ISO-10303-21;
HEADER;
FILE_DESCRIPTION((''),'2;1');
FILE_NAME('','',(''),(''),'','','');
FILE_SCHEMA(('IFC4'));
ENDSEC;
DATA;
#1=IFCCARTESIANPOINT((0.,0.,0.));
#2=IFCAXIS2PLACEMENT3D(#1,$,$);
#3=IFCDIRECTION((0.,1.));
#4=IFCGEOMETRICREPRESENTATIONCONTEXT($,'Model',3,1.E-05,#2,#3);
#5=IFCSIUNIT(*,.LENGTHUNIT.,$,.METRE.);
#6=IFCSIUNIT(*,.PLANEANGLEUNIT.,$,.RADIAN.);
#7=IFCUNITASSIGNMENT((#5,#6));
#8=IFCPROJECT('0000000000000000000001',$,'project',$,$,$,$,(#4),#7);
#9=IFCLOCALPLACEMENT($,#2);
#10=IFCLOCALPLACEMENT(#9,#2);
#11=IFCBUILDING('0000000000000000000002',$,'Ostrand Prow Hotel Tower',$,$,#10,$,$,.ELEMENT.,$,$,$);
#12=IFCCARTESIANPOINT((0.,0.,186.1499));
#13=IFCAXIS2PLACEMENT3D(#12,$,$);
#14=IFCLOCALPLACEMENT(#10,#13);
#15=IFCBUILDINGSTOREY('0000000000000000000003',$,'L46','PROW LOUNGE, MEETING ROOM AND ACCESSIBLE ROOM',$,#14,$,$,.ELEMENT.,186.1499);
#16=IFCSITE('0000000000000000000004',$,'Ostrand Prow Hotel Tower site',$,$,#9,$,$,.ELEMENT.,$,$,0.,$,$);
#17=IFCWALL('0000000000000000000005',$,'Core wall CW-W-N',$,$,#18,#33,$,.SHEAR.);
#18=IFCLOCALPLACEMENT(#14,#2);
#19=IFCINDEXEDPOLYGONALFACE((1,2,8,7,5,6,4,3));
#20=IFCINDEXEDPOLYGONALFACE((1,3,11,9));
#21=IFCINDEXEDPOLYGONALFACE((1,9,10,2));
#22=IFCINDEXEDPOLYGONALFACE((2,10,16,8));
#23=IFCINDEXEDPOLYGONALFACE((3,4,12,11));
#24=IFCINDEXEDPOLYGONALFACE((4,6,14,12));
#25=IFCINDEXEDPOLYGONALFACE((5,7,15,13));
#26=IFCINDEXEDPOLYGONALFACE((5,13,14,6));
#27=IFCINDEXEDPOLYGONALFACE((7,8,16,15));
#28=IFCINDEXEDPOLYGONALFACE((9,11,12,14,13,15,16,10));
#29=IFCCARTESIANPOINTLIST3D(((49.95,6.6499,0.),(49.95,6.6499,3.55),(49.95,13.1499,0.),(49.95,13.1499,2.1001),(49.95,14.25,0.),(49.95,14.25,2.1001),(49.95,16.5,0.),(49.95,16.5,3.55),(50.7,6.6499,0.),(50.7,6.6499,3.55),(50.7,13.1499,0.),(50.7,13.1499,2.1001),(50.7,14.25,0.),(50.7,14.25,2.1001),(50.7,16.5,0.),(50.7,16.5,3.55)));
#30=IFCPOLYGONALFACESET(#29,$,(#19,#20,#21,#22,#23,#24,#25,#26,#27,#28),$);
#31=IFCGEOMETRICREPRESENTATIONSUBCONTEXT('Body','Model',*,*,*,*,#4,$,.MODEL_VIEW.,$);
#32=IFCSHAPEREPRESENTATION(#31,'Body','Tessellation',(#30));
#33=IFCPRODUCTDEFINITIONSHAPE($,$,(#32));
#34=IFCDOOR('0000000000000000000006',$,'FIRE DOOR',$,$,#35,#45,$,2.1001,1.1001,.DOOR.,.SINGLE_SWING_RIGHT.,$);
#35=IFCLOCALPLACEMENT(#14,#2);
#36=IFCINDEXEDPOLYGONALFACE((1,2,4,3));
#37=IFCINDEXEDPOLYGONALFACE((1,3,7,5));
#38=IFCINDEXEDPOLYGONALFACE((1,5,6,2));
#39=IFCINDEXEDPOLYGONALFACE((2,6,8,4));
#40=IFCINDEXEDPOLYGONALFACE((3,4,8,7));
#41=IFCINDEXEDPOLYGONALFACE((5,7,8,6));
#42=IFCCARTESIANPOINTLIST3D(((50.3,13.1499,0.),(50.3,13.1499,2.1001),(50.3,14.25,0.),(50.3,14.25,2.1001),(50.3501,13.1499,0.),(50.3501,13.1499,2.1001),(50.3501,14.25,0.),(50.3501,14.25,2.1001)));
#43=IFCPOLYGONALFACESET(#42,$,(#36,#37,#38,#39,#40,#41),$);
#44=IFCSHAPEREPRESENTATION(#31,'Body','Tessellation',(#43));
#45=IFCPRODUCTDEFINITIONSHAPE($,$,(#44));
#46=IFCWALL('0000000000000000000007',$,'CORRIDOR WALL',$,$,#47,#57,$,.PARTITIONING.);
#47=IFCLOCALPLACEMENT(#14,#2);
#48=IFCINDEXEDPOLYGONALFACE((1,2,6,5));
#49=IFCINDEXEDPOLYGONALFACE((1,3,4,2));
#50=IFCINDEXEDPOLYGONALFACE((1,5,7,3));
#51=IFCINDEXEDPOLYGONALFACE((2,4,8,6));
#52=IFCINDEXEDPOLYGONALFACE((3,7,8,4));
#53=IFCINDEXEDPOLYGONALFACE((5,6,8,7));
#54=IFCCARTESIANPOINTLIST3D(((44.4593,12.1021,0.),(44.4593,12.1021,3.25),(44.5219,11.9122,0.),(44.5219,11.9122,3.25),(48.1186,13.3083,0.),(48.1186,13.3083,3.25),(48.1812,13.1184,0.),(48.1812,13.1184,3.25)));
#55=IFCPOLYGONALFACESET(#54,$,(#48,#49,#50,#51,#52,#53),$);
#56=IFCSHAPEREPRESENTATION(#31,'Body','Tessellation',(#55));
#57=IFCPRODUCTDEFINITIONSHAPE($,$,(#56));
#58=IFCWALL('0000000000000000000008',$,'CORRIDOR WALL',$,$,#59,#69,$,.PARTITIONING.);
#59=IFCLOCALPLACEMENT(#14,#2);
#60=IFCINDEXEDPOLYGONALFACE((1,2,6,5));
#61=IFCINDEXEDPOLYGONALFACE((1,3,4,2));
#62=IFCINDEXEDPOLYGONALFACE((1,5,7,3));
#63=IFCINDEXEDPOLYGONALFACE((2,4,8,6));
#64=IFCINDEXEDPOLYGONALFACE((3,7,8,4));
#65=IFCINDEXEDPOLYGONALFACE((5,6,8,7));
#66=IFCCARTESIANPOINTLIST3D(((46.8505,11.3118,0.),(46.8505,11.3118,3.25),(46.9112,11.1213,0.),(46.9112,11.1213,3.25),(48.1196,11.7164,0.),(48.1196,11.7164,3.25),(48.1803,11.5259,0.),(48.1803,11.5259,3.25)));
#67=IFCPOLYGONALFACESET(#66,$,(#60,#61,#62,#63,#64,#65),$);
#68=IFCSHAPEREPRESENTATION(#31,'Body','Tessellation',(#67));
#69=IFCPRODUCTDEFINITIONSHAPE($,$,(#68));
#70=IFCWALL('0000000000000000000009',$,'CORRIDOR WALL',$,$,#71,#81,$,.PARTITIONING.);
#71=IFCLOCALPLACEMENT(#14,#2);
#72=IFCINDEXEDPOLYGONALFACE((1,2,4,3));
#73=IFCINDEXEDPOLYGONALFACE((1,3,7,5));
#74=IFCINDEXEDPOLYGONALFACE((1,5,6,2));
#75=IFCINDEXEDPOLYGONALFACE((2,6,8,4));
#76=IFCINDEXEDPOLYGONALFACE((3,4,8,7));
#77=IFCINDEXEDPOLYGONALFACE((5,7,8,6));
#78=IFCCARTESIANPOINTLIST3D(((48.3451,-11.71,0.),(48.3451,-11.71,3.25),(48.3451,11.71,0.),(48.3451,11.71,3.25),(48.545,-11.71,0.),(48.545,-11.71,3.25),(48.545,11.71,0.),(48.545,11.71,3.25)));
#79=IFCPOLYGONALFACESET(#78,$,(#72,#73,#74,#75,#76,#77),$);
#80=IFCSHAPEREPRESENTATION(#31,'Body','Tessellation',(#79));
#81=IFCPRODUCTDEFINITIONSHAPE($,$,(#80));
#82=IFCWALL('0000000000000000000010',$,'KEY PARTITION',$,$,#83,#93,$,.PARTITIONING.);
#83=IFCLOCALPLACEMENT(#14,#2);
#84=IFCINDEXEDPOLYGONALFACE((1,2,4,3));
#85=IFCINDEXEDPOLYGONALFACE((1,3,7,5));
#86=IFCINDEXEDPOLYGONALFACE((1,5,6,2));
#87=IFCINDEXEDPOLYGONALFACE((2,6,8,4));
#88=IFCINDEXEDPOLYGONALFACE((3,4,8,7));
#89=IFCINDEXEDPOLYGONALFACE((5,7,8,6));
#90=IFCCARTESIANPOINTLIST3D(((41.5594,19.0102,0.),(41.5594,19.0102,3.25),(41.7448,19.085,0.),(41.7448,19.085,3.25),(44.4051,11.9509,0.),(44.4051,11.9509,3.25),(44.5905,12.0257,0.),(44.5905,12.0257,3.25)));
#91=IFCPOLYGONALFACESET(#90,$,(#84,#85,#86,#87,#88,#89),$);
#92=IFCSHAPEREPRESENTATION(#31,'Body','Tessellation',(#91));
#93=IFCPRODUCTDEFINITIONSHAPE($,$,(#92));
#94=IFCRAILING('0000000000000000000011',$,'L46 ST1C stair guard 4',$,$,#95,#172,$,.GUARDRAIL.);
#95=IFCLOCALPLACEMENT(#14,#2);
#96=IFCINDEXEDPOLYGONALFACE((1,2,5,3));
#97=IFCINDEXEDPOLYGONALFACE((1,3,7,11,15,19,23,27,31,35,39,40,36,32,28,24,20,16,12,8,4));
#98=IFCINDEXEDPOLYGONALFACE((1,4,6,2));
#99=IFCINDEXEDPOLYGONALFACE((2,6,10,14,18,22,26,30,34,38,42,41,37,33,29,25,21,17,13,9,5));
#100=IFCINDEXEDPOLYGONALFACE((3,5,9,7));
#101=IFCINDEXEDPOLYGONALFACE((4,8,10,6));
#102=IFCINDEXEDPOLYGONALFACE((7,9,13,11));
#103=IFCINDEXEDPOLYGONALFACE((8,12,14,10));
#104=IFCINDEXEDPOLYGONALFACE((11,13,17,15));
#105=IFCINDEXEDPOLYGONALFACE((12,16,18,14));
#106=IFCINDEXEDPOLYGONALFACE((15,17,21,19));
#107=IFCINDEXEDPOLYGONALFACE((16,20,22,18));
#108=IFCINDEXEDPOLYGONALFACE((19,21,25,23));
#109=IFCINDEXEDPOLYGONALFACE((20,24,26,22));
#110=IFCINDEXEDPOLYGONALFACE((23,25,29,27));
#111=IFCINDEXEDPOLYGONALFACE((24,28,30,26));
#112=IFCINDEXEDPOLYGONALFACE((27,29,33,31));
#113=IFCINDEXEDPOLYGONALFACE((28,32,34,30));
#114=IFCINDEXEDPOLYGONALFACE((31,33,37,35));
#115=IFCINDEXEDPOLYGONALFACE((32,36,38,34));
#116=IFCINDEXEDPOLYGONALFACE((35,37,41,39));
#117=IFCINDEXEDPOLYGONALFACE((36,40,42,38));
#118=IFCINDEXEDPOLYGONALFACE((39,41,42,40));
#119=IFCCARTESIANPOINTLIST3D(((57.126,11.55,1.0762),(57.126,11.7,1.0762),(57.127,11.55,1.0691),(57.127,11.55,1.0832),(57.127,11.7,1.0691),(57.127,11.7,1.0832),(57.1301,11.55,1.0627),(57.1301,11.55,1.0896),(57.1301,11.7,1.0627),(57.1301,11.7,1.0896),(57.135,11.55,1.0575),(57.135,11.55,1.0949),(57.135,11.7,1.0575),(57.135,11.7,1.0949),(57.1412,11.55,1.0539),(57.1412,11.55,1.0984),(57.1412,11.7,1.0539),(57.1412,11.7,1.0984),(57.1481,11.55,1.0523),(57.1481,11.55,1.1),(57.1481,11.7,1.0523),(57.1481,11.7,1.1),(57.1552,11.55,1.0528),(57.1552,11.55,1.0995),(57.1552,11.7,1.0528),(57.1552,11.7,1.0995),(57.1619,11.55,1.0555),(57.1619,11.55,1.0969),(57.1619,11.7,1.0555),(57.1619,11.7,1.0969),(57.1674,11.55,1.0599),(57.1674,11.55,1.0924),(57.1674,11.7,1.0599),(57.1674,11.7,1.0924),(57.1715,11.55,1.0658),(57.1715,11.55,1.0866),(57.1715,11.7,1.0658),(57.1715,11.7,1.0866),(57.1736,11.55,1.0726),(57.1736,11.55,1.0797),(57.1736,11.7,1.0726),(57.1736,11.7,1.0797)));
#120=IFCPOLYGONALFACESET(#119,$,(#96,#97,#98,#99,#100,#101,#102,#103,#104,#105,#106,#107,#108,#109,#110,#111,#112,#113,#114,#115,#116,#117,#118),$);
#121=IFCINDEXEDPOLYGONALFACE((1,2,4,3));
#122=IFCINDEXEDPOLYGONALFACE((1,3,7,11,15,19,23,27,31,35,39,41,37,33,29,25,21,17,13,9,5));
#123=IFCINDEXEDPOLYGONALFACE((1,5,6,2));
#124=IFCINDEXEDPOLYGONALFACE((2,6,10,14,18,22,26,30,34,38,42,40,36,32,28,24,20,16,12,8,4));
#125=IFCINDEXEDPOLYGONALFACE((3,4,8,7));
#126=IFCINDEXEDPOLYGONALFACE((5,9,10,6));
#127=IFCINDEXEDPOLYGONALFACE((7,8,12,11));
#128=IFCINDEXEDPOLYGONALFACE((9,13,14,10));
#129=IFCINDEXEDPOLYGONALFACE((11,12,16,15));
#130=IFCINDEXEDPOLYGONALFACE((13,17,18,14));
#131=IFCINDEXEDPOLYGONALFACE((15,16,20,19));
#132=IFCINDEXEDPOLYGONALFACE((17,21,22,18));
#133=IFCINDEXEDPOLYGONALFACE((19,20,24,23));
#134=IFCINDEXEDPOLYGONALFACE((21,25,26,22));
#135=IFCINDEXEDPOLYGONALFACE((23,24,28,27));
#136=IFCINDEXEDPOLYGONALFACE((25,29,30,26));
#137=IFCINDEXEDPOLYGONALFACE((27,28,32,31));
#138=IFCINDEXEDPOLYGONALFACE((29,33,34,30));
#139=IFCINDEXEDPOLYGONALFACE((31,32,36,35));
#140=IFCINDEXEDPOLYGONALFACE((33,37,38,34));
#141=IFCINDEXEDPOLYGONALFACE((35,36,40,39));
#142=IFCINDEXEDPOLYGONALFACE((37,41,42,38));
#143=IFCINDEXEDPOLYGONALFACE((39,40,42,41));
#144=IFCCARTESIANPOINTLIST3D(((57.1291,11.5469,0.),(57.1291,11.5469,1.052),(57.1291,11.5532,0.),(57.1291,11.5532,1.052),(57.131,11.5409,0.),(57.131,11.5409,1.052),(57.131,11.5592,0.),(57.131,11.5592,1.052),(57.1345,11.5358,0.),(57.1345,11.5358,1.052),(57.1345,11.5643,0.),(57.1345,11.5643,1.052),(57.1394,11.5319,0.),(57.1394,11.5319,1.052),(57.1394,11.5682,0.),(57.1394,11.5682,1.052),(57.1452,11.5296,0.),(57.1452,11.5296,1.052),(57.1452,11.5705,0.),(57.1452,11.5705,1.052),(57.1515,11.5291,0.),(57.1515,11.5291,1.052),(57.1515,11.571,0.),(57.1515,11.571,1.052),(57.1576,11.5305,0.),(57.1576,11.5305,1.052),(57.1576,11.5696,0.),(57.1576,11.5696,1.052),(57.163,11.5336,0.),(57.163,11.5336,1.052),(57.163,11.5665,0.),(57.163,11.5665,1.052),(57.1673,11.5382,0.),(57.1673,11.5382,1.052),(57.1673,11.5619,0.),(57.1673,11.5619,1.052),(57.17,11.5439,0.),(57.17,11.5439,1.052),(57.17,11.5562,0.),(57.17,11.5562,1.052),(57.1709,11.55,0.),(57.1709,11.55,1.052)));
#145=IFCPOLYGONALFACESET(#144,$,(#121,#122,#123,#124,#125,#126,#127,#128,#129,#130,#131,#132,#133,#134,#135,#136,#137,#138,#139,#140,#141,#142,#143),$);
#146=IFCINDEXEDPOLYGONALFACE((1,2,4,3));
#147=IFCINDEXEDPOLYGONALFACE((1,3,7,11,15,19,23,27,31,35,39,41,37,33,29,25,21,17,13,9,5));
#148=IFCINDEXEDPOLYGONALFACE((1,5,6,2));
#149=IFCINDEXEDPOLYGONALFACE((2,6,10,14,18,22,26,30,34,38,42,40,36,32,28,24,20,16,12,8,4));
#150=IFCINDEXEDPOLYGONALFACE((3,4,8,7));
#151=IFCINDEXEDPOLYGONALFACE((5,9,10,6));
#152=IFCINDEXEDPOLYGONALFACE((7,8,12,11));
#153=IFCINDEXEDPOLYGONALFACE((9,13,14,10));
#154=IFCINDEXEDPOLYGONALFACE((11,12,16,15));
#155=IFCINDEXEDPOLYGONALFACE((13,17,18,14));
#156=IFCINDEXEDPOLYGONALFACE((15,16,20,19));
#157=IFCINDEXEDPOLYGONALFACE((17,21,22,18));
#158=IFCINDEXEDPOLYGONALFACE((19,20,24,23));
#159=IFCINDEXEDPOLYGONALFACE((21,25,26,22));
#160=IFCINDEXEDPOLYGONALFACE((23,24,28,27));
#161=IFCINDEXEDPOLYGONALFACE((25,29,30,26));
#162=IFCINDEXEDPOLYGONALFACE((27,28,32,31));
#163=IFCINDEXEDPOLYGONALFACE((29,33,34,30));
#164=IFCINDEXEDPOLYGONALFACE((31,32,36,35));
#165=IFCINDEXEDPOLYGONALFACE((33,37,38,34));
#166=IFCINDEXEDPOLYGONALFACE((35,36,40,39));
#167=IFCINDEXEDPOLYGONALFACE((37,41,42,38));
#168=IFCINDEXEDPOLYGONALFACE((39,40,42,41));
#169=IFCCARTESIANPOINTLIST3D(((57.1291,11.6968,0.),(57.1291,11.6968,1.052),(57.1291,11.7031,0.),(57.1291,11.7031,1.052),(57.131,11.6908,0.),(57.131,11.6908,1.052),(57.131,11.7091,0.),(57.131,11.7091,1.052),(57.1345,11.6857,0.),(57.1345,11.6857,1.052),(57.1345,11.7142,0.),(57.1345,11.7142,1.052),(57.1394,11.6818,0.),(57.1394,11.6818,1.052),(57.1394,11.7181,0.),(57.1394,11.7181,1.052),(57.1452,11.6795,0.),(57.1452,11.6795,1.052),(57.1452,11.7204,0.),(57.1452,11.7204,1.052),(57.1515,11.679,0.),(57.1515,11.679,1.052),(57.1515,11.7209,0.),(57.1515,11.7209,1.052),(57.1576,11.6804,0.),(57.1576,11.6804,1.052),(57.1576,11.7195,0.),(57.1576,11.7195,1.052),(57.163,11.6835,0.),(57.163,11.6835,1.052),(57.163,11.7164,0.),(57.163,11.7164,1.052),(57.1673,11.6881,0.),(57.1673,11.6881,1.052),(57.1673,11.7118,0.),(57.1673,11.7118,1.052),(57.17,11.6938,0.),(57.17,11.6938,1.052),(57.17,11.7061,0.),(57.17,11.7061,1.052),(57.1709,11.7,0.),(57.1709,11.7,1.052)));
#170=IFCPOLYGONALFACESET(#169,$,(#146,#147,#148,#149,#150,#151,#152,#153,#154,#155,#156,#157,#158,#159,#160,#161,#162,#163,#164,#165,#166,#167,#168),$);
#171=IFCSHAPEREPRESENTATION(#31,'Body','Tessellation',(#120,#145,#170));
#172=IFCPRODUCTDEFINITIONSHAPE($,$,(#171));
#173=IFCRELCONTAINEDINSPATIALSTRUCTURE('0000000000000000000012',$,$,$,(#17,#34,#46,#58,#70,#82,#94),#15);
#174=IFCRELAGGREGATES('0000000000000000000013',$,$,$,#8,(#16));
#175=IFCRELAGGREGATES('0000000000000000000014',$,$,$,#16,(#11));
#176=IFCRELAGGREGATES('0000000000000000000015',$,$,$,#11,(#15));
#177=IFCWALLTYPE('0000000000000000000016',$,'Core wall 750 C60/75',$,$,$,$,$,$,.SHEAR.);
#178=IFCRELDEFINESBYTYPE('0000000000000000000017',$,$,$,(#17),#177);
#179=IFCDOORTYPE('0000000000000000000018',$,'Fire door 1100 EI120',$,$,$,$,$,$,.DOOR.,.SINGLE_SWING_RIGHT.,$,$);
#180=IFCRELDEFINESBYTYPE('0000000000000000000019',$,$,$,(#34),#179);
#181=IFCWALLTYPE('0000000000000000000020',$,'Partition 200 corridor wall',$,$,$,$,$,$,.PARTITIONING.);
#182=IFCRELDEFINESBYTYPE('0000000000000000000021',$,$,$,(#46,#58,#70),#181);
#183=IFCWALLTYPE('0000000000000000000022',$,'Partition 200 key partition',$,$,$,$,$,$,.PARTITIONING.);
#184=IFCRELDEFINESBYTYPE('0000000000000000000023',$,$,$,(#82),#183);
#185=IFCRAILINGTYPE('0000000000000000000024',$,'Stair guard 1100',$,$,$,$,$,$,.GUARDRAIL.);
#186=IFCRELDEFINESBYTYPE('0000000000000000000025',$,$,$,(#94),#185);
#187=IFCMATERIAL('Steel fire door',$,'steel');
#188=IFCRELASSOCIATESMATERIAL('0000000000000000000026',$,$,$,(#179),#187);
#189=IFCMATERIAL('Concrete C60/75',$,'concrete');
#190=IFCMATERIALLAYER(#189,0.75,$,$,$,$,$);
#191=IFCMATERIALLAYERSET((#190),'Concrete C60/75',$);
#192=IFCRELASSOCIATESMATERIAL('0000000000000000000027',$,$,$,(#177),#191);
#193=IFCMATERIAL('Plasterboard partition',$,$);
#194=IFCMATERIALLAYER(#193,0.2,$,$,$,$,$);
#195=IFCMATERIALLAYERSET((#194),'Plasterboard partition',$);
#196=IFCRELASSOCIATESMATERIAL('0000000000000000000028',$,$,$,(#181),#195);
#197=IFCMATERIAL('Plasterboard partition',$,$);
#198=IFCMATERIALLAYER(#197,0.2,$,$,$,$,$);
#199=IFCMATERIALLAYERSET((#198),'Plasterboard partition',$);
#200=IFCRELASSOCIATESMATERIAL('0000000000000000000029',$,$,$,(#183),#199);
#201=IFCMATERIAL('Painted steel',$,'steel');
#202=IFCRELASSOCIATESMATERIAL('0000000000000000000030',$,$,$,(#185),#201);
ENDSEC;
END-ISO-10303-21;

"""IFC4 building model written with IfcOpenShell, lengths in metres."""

from ifc_helpers import new_model, si_unit, direction, frame, frame_2d, origin, origin_2d, place, context, subcontext, project, spatial, rectangle, circle, extrude, material, layer, layer_set, type_object, element, fill, save


model = new_model("IFC4")

# Units and contexts
model_context = context("Model", 3, precision=1e-05, world=origin(), true_north=direction((0.0, 1.0)))
body_context = subcontext(model_context, "Body", "Model", "MODEL_VIEW")
ifc_project = project(units=[si_unit("LENGTHUNIT", "METRE"), si_unit("PLANEANGLEUNIT", "RADIAN")], contexts=[model_context])

# Site, building, storey
site_placement = place(None, origin())
site = spatial("IfcSite", under=ifc_project, at=site_placement, Name="Ostrand Prow Hotel Tower site", CompositionType="ELEMENT", RefElevation=0.0)
building_placement = place(site_placement, origin())
building = spatial("IfcBuilding", under=site, at=building_placement, Name="Ostrand Prow Hotel Tower", CompositionType="ELEMENT")
storey_placement = place(building_placement, frame((0.0, 0.0, 186.1499)))
storey = spatial("IfcBuildingStorey", under=building, at=storey_placement, Name="L46", Description="PROW LOUNGE, MEETING ROOM AND ACCESSIBLE ROOM", CompositionType="ELEMENT", Elevation=186.1499)

# Shared definitions
ifc_material_1 = material(Name="Steel fire door", Category="steel")
door_type_1 = type_object("IfcDoorType", Name="Fire door 1100 EI120", OperationType="SINGLE_SWING_RIGHT", PredefinedType="DOOR", material=ifc_material_1)

# Wall, opening, door
ifc_material_2 = material(Name="Concrete C60/75", Category="concrete")
ifc_layer_1 = layer(ifc_material_2, 0.75)
ifc_layer_set_1 = layer_set([ifc_layer_1], Name="Concrete C60/75")
wall_type_1 = type_object("IfcWallType", Name="Core wall 750 C60/75", PredefinedType="SHEAR", material=ifc_layer_set_1)
wall_1_placement = place(storey_placement, frame((50.325, 6.6499, 0.0), z_axis=(0.0, 0.0, 1.0), x_axis=(0.0, 1.0, 0.0)))
wall_1 = element("IfcWall", 1, at=wall_1_placement, inside=storey, type_object=wall_type_1, Name="Core wall CW-W-N", PredefinedType="SHEAR", context=body_context, shape_type="SweptSolid", body=[
    extrude(rectangle(XDim=9.8501, YDim=0.75, at=frame_2d((4.925, 0.0))), origin(), (0.0, 0.0, 1.0), 3.55),
])
opening_1_placement = place(wall_1_placement, frame((6.5, 0.0, 0.0)))
opening_1 = element("IfcOpeningElement", 2, at=opening_1_placement, cuts=wall_1, PredefinedType="OPENING", context=body_context, shape_type="SweptSolid", body=[
    extrude(rectangle(XDim=1.1001, YDim=2.1001, at=frame_2d((0.55, 1.05))), frame((0.0, 0.385, 0.0), z_axis=(0.0, -1.0, 0.0), x_axis=(1.0, 0.0, 0.0)), (0.0, 0.0, 1.0), 0.77),
])
door_1_placement = place(opening_1_placement, origin())
door_1 = element("IfcDoor", 3, at=door_1_placement, inside=storey, type_object=door_type_1, Name="FIRE DOOR", OperationType="SINGLE_SWING_RIGHT", OverallHeight=2.1001, OverallWidth=1.1001, PredefinedType="DOOR", context=body_context, shape_type="SweptSolid", body=[
    extrude(rectangle(XDim=1.1001, YDim=2.1001, at=frame_2d((0.55, 1.05))), frame((0.0, 0.0249, 0.0), z_axis=(0.0, -1.0, 0.0), x_axis=(1.0, 0.0, 0.0)), (0.0, 0.0, 1.0), 0.05),
])
fill(opening_1, door_1)

# Walls
ifc_material_3 = material(Name="Plasterboard partition")
ifc_layer_2 = layer(ifc_material_3, 0.2)
ifc_layer_set_2 = layer_set([ifc_layer_2], Name="Plasterboard partition")
wall_type_2 = type_object("IfcWallType", Name="Partition 200 corridor wall", PredefinedType="PARTITIONING", material=ifc_layer_set_2)
wall_2_placement = place(storey_placement, frame((48.1499, 13.2134, 0.0), z_axis=(0.0, 0.0, 1.0), x_axis=(-0.94973, -0.313071, 0.0)))
element("IfcWall", 4, at=wall_2_placement, inside=storey, type_object=wall_type_2, Name="CORRIDOR WALL", PredefinedType="PARTITIONING", context=body_context, shape_type="SweptSolid", body=[
    extrude(rectangle(XDim=3.853, YDim=0.2, at=frame_2d((1.9265, 0.0))), origin(), (0.0, 0.0, 1.0), 3.25),
])
wall_3_placement = place(storey_placement, frame((46.8809, 11.2166, 0.0), z_axis=(0.0, 0.0, 1.0), x_axis=(0.952762, 0.303718, 0.0)))
element("IfcWall", 5, at=wall_3_placement, inside=storey, type_object=wall_type_2, Name="CORRIDOR WALL", PredefinedType="PARTITIONING", context=body_context, shape_type="SweptSolid", body=[
    extrude(rectangle(XDim=1.332, YDim=0.2, at=frame_2d((0.666, 0.0))), origin(), (0.0, 0.0, 1.0), 3.25),
])
wall_4_placement = place(storey_placement, frame((48.4451, 11.71, 0.0), z_axis=(0.0, 0.0, 1.0), x_axis=(0.0, -1.0, 0.0)))
element("IfcWall", 6, at=wall_4_placement, inside=storey, type_object=wall_type_2, Name="CORRIDOR WALL", PredefinedType="PARTITIONING", context=body_context, shape_type="SweptSolid", body=[
    extrude(rectangle(XDim=23.4199, YDim=0.2, at=frame_2d((11.71, 0.0))), origin(), (0.0, 0.0, 1.0), 3.25),
])
ifc_material_4 = material(Name="Plasterboard partition")
ifc_layer_3 = layer(ifc_material_4, 0.2)
ifc_layer_set_3 = layer_set([ifc_layer_3], Name="Plasterboard partition")
wall_type_3 = type_object("IfcWallType", Name="Partition 200 key partition", PredefinedType="PARTITIONING", material=ifc_layer_set_3)
wall_5_placement = place(storey_placement, frame((44.4978, 11.9883, 0.0), z_axis=(0.0, 0.0, 1.0), x_axis=(-0.373878, 0.927478, 0.0)))
element("IfcWall", 7, at=wall_5_placement, inside=storey, type_object=wall_type_3, Name="KEY PARTITION", PredefinedType="PARTITIONING", context=body_context, shape_type="SweptSolid", body=[
    extrude(rectangle(XDim=7.6113, YDim=0.2, at=frame_2d((3.8057, 0.0))), origin(), (0.0, 0.0, 1.0), 3.25),
])

# Railing
ifc_material_5 = material(Name="Painted steel", Category="steel")
railing_type_1 = type_object("IfcRailingType", Name="Stair guard 1100", PredefinedType="GUARDRAIL", material=ifc_material_5)
railing_1_placement = place(storey_placement, frame((57.1499, 11.55, 0.0)))
element("IfcRailing", 8, at=railing_1_placement, inside=storey, type_object=railing_type_1, Name="L46 ST1C stair guard 4", PredefinedType="GUARDRAIL", context=body_context, shape_type="SweptSolid", body=[
    extrude(circle(Radius=0.0239, at=origin_2d()), frame((0.0, 0.0, 1.0762), z_axis=(0.0, 1.0, 0.0), x_axis=(-1.0, 0.0, 0.0)), (0.0, 0.0, 1.0), 0.1499),
    extrude(circle(Radius=0.021, at=origin_2d()), origin(), (0.0, 0.0, 1.0), 1.052),
    extrude(circle(Radius=0.021, at=origin_2d()), frame((0.0, 0.1499, 0.0)), (0.0, 0.0, 1.0), 1.052),
])

save(model, "model.ifc")
